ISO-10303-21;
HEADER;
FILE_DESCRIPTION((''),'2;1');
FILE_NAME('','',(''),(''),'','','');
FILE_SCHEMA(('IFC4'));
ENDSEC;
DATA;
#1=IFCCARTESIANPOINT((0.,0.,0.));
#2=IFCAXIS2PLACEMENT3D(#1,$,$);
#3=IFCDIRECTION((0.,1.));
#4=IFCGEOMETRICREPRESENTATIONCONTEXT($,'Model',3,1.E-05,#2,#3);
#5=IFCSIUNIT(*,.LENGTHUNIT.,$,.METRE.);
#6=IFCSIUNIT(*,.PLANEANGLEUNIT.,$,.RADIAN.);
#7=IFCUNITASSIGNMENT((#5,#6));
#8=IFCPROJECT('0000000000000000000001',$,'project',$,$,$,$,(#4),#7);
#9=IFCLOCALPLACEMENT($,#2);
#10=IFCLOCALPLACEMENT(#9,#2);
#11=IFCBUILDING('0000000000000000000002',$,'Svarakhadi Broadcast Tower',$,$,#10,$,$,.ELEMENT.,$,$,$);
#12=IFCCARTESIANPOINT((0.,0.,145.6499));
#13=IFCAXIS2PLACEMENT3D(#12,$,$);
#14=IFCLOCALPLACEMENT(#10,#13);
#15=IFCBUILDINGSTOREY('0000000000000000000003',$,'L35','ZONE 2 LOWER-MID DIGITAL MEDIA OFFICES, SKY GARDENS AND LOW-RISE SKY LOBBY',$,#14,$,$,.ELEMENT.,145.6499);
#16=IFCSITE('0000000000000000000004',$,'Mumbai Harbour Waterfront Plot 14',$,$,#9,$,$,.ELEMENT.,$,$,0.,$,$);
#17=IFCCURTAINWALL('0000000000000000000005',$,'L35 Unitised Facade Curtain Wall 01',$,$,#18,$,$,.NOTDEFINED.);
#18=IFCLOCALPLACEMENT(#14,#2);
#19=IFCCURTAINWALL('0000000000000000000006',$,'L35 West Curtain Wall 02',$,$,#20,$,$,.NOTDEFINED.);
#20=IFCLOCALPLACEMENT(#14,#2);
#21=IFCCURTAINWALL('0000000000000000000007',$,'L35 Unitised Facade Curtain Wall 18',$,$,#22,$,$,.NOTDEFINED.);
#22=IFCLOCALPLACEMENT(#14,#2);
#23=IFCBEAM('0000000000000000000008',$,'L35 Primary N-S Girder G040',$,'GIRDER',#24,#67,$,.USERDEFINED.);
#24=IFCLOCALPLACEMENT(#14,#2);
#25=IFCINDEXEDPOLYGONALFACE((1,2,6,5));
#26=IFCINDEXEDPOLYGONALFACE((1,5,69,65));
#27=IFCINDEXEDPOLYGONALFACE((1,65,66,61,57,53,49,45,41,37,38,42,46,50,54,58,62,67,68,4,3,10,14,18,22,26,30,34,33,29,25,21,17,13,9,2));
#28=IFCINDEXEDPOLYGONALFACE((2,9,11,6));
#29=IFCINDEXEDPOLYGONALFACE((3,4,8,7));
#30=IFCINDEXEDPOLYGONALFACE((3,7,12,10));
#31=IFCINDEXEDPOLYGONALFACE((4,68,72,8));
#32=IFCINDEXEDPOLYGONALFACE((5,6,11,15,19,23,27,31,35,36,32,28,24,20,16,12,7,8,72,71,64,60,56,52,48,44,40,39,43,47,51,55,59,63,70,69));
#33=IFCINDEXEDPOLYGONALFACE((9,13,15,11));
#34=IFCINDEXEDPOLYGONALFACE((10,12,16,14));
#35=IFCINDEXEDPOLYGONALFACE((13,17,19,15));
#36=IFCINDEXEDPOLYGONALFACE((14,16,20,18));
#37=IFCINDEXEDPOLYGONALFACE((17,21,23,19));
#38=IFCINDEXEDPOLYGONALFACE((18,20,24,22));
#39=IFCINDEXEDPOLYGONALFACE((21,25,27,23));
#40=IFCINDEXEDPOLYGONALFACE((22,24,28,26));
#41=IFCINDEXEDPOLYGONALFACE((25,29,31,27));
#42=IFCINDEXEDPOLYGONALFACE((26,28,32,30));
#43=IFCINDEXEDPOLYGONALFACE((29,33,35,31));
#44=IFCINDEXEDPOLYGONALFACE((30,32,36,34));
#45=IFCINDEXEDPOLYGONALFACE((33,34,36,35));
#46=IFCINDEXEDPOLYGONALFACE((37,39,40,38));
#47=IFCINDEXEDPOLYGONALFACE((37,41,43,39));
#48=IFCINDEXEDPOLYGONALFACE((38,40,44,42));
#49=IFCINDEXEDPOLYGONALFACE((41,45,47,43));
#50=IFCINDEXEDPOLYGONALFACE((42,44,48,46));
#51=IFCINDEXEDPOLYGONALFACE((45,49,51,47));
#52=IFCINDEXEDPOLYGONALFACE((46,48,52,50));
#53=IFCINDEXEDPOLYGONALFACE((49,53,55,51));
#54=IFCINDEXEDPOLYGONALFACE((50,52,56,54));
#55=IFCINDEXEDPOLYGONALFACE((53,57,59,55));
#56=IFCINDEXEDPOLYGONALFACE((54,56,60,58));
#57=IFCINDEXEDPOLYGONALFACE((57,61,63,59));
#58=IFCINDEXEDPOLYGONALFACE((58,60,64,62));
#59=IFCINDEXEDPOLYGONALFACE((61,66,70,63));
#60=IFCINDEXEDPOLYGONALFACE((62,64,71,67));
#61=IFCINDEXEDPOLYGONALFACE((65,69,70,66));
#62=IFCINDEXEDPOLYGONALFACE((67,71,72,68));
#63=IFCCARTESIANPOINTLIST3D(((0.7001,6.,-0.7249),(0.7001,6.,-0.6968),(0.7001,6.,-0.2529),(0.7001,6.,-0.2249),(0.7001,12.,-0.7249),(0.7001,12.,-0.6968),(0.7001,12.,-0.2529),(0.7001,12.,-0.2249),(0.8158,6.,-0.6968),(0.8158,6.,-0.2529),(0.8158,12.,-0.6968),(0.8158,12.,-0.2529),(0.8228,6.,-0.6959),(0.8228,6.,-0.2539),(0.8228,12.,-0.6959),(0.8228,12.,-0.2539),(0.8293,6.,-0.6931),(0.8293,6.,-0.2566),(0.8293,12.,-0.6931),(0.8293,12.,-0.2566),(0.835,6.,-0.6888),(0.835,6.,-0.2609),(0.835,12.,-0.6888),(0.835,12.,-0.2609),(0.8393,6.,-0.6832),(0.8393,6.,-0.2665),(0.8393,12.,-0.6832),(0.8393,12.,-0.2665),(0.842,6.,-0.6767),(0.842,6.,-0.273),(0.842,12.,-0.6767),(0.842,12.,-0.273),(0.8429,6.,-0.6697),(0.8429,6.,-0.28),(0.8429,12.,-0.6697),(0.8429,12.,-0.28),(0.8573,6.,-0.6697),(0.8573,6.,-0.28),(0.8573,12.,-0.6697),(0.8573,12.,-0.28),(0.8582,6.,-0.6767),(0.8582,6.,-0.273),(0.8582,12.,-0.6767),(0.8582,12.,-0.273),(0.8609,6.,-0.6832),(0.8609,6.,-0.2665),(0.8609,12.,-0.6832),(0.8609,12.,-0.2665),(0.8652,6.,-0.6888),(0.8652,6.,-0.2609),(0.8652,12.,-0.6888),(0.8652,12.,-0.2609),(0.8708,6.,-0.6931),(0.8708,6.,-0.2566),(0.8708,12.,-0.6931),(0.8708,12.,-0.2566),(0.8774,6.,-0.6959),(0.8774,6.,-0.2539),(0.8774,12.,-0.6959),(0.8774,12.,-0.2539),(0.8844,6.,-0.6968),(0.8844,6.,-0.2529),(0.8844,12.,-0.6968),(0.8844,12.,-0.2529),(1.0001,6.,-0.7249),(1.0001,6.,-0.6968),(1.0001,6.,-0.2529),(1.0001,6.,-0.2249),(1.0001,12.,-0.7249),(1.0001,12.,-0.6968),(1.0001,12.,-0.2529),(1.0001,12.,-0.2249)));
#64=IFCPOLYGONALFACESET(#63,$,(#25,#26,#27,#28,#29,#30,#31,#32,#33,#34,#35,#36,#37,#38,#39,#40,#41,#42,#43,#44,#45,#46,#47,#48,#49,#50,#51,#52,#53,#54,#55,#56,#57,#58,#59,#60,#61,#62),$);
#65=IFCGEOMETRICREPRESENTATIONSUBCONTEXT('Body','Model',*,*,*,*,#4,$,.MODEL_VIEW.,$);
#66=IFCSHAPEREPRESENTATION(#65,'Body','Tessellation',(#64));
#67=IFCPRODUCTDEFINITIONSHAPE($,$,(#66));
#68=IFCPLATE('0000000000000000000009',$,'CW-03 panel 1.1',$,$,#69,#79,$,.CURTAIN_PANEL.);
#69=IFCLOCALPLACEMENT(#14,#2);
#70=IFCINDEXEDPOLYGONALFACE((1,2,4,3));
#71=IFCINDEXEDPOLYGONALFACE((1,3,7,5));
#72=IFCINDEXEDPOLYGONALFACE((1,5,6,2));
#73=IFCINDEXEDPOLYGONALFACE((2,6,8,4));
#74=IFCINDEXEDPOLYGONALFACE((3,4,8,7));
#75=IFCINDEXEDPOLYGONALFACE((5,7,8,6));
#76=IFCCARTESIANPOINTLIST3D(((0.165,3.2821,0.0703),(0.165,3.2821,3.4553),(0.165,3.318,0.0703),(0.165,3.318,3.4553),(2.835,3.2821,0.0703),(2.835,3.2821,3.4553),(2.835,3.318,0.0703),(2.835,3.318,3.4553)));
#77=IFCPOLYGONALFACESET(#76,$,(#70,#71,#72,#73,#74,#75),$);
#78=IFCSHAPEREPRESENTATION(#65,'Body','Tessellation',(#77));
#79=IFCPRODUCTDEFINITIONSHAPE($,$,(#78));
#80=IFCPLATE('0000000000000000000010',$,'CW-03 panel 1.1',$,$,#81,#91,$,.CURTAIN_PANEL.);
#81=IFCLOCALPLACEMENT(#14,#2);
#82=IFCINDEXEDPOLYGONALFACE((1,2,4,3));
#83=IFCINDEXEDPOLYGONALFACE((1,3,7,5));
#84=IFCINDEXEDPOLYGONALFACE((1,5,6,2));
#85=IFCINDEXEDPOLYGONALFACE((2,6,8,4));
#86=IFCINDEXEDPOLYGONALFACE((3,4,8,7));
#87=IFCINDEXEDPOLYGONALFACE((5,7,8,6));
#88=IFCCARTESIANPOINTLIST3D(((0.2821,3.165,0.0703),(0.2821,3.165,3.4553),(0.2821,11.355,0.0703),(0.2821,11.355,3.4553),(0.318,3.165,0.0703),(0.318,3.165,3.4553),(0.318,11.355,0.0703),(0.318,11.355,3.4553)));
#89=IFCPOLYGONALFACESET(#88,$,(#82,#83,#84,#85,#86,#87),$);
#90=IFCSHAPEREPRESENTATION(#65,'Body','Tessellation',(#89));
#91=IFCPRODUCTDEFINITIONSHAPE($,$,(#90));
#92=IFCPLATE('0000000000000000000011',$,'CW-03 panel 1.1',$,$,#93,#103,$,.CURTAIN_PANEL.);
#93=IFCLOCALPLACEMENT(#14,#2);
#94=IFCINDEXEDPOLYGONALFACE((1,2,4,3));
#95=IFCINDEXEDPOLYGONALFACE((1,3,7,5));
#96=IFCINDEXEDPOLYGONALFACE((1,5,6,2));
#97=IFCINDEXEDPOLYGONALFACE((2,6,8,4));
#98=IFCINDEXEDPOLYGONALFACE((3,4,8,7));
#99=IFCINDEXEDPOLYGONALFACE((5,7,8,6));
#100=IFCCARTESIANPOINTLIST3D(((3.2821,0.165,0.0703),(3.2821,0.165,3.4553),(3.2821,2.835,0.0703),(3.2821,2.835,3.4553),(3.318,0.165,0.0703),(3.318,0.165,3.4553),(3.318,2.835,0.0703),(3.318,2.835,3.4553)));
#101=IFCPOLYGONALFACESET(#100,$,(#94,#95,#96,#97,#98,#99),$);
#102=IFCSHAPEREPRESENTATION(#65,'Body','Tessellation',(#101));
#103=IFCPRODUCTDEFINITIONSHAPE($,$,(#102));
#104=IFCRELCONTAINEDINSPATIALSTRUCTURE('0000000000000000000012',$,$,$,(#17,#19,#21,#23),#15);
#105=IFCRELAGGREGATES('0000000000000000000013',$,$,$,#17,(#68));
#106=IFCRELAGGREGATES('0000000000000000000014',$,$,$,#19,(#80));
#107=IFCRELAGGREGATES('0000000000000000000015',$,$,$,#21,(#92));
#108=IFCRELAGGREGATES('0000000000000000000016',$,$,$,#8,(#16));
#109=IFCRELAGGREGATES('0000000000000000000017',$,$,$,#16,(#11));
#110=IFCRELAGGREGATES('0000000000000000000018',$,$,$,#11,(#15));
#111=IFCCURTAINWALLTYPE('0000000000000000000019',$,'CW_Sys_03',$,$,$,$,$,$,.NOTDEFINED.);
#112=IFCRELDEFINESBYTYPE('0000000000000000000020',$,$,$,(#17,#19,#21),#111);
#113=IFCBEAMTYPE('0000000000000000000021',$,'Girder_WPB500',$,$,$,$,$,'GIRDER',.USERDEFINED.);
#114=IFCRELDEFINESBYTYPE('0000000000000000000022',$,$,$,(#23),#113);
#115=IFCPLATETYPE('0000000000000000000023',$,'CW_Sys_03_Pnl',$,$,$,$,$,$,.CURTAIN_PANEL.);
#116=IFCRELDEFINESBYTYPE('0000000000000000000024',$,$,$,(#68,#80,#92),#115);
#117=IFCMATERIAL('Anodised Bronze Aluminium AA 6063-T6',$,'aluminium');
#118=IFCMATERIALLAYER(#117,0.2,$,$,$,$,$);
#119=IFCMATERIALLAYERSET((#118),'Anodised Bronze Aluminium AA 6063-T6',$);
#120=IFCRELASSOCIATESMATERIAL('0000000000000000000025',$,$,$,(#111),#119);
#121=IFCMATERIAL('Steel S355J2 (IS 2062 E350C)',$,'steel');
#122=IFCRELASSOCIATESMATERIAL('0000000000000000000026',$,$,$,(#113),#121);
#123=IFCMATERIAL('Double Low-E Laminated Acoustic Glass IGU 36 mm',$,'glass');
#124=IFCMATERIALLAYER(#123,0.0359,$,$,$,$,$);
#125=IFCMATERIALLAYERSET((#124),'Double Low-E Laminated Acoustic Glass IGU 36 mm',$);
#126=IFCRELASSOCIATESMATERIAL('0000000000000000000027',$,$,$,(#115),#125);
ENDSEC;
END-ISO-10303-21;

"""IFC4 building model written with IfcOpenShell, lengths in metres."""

from ifc_helpers import new_model, si_unit, direction, frame, origin, origin_2d, place, context, subcontext, project, spatial, rectangle, i_section, extrude, material, layer, layer_set, material_profile, profile_set, type_object, element, aggregate, save


model = new_model("IFC4")

# Units and contexts
model_context = context("Model", 3, precision=1e-05, world=origin(), true_north=direction((0.0, 1.0)))
body_context = subcontext(model_context, "Body", "Model", "MODEL_VIEW")
ifc_project = project(units=[si_unit("LENGTHUNIT", "METRE"), si_unit("PLANEANGLEUNIT", "RADIAN")], contexts=[model_context])

# Site, building, storey
site_placement = place(None, origin())
site = spatial("IfcSite", under=ifc_project, at=site_placement, Name="Mumbai Harbour Waterfront Plot 14", CompositionType="ELEMENT", RefElevation=0.0)
building_placement = place(site_placement, origin())
building = spatial("IfcBuilding", under=site, at=building_placement, Name="Svarakhadi Broadcast Tower", CompositionType="ELEMENT")
storey_placement = place(building_placement, frame((0.0, 0.0, 145.6499)))
storey = spatial("IfcBuildingStorey", under=building, at=storey_placement, Name="L35", Description="ZONE 2 LOWER-MID DIGITAL MEDIA OFFICES, SKY GARDENS AND LOW-RISE SKY LOBBY", CompositionType="ELEMENT", Elevation=145.6499)

# Curtain wall
ifc_material_1 = material(Name="Anodised Bronze Aluminium AA 6063-T6", Category="aluminium")
ifc_layer_1 = layer(ifc_material_1, 0.2)
ifc_layer_set_1 = layer_set([ifc_layer_1], Name="Anodised Bronze Aluminium AA 6063-T6")
curtain_wall_type = type_object("IfcCurtainWallType", Name="CW_Sys_03", PredefinedType="NOTDEFINED", material=ifc_layer_set_1)
curtain_wall_1_placement = place(storey_placement, origin())
curtain_wall_1 = element("IfcCurtainWall", 1, at=curtain_wall_1_placement, inside=storey, type_object=curtain_wall_type, Name="L35 Unitised Facade Curtain Wall 01", PredefinedType="NOTDEFINED")

# Curtain wall
curtain_wall_2_placement = place(storey_placement, origin())
curtain_wall_2 = element("IfcCurtainWall", 2, at=curtain_wall_2_placement, inside=storey, type_object=curtain_wall_type, Name="L35 West Curtain Wall 02", PredefinedType="NOTDEFINED")

# Curtain wall
curtain_wall_3_placement = place(storey_placement, origin())
curtain_wall_3 = element("IfcCurtainWall", 3, at=curtain_wall_3_placement, inside=storey, type_object=curtain_wall_type, Name="L35 Unitised Facade Curtain Wall 18", PredefinedType="NOTDEFINED")

# Beam
ifc_material_2 = material(Name="Steel S355J2 (IS 2062 E350C)", Category="steel")
ifc_material_profile_1 = material_profile(ifc_material_2, i_section(OverallWidth=0.3, OverallDepth=0.5, WebThickness=0.0144, FlangeThickness=0.0281, FilletRadius=0.0271, at=origin_2d()), Name="WPB 500x300x187")
ifc_profile_set_1 = profile_set([ifc_material_profile_1], Name="Steel S355J2 (IS 2062 E350C)")
beam_type = type_object("IfcBeamType", Name="Girder_WPB500", ElementType="GIRDER", PredefinedType="USERDEFINED", material=ifc_profile_set_1)
beam_1_placement = place(storey_placement, frame((0.8501, 6.0, -0.4749), z_axis=(0.0, 1.0, 0.0), x_axis=(-1.0, 0.0, 0.0)))
element("IfcBeam", 4, at=beam_1_placement, inside=storey, type_object=beam_type, Name="L35 Primary N-S Girder G040", ObjectType="GIRDER", PredefinedType="USERDEFINED", context=body_context, shape_type="SweptSolid", body=[
    extrude(i_section(OverallWidth=0.3, OverallDepth=0.5, WebThickness=0.0144, FlangeThickness=0.0281, FilletRadius=0.0271, at=origin_2d()), origin(), (0.0, 0.0, 1.0), 6.0),
])

# Plates
ifc_material_3 = material(Name="Double Low-E Laminated Acoustic Glass IGU 36 mm", Category="glass")
ifc_layer_2 = layer(ifc_material_3, 0.0359)
ifc_layer_set_2 = layer_set([ifc_layer_2], Name="Double Low-E Laminated Acoustic Glass IGU 36 mm")
plate_type = type_object("IfcPlateType", Name="CW_Sys_03_Pnl", PredefinedType="CURTAIN_PANEL", material=ifc_layer_set_2)
plate_1_placement = place(storey_placement, frame((1.5, 3.3, 0.0703), z_axis=(0.0, 0.0, 1.0), x_axis=(-1.0, 0.0, 0.0)))
plate_1 = element("IfcPlate", 5, at=plate_1_placement, type_object=plate_type, Name="CW-03 panel 1.1", PredefinedType="CURTAIN_PANEL", context=body_context, shape_type="SweptSolid", body=[
    extrude(rectangle(XDim=2.6699, YDim=0.0359, at=origin_2d()), origin(), (0.0, 0.0, 1.0), 3.385),
])
aggregate(curtain_wall_1, [plate_1])
plate_2_placement = place(storey_placement, frame((0.3, 7.26, 0.0703), z_axis=(0.0, 0.0, 1.0), x_axis=(0.0, 1.0, 0.0)))
plate_2 = element("IfcPlate", 6, at=plate_2_placement, type_object=plate_type, Name="CW-03 panel 1.1", PredefinedType="CURTAIN_PANEL", context=body_context, shape_type="SweptSolid", body=[
    extrude(rectangle(XDim=8.1899, YDim=0.0359, at=origin_2d()), origin(), (0.0, 0.0, 1.0), 3.385),
])
aggregate(curtain_wall_2, [plate_2])
plate_3_placement = place(storey_placement, frame((3.3, 1.5, 0.0703), z_axis=(0.0, 0.0, 1.0), x_axis=(0.0, 1.0, 0.0)))
plate_3 = element("IfcPlate", 7, at=plate_3_placement, type_object=plate_type, Name="CW-03 panel 1.1", PredefinedType="CURTAIN_PANEL", context=body_context, shape_type="SweptSolid", body=[
    extrude(rectangle(XDim=2.6699, YDim=0.0359, at=origin_2d()), origin(), (0.0, 0.0, 1.0), 3.385),
])
aggregate(curtain_wall_3, [plate_3])

save(model, "model.ifc")
